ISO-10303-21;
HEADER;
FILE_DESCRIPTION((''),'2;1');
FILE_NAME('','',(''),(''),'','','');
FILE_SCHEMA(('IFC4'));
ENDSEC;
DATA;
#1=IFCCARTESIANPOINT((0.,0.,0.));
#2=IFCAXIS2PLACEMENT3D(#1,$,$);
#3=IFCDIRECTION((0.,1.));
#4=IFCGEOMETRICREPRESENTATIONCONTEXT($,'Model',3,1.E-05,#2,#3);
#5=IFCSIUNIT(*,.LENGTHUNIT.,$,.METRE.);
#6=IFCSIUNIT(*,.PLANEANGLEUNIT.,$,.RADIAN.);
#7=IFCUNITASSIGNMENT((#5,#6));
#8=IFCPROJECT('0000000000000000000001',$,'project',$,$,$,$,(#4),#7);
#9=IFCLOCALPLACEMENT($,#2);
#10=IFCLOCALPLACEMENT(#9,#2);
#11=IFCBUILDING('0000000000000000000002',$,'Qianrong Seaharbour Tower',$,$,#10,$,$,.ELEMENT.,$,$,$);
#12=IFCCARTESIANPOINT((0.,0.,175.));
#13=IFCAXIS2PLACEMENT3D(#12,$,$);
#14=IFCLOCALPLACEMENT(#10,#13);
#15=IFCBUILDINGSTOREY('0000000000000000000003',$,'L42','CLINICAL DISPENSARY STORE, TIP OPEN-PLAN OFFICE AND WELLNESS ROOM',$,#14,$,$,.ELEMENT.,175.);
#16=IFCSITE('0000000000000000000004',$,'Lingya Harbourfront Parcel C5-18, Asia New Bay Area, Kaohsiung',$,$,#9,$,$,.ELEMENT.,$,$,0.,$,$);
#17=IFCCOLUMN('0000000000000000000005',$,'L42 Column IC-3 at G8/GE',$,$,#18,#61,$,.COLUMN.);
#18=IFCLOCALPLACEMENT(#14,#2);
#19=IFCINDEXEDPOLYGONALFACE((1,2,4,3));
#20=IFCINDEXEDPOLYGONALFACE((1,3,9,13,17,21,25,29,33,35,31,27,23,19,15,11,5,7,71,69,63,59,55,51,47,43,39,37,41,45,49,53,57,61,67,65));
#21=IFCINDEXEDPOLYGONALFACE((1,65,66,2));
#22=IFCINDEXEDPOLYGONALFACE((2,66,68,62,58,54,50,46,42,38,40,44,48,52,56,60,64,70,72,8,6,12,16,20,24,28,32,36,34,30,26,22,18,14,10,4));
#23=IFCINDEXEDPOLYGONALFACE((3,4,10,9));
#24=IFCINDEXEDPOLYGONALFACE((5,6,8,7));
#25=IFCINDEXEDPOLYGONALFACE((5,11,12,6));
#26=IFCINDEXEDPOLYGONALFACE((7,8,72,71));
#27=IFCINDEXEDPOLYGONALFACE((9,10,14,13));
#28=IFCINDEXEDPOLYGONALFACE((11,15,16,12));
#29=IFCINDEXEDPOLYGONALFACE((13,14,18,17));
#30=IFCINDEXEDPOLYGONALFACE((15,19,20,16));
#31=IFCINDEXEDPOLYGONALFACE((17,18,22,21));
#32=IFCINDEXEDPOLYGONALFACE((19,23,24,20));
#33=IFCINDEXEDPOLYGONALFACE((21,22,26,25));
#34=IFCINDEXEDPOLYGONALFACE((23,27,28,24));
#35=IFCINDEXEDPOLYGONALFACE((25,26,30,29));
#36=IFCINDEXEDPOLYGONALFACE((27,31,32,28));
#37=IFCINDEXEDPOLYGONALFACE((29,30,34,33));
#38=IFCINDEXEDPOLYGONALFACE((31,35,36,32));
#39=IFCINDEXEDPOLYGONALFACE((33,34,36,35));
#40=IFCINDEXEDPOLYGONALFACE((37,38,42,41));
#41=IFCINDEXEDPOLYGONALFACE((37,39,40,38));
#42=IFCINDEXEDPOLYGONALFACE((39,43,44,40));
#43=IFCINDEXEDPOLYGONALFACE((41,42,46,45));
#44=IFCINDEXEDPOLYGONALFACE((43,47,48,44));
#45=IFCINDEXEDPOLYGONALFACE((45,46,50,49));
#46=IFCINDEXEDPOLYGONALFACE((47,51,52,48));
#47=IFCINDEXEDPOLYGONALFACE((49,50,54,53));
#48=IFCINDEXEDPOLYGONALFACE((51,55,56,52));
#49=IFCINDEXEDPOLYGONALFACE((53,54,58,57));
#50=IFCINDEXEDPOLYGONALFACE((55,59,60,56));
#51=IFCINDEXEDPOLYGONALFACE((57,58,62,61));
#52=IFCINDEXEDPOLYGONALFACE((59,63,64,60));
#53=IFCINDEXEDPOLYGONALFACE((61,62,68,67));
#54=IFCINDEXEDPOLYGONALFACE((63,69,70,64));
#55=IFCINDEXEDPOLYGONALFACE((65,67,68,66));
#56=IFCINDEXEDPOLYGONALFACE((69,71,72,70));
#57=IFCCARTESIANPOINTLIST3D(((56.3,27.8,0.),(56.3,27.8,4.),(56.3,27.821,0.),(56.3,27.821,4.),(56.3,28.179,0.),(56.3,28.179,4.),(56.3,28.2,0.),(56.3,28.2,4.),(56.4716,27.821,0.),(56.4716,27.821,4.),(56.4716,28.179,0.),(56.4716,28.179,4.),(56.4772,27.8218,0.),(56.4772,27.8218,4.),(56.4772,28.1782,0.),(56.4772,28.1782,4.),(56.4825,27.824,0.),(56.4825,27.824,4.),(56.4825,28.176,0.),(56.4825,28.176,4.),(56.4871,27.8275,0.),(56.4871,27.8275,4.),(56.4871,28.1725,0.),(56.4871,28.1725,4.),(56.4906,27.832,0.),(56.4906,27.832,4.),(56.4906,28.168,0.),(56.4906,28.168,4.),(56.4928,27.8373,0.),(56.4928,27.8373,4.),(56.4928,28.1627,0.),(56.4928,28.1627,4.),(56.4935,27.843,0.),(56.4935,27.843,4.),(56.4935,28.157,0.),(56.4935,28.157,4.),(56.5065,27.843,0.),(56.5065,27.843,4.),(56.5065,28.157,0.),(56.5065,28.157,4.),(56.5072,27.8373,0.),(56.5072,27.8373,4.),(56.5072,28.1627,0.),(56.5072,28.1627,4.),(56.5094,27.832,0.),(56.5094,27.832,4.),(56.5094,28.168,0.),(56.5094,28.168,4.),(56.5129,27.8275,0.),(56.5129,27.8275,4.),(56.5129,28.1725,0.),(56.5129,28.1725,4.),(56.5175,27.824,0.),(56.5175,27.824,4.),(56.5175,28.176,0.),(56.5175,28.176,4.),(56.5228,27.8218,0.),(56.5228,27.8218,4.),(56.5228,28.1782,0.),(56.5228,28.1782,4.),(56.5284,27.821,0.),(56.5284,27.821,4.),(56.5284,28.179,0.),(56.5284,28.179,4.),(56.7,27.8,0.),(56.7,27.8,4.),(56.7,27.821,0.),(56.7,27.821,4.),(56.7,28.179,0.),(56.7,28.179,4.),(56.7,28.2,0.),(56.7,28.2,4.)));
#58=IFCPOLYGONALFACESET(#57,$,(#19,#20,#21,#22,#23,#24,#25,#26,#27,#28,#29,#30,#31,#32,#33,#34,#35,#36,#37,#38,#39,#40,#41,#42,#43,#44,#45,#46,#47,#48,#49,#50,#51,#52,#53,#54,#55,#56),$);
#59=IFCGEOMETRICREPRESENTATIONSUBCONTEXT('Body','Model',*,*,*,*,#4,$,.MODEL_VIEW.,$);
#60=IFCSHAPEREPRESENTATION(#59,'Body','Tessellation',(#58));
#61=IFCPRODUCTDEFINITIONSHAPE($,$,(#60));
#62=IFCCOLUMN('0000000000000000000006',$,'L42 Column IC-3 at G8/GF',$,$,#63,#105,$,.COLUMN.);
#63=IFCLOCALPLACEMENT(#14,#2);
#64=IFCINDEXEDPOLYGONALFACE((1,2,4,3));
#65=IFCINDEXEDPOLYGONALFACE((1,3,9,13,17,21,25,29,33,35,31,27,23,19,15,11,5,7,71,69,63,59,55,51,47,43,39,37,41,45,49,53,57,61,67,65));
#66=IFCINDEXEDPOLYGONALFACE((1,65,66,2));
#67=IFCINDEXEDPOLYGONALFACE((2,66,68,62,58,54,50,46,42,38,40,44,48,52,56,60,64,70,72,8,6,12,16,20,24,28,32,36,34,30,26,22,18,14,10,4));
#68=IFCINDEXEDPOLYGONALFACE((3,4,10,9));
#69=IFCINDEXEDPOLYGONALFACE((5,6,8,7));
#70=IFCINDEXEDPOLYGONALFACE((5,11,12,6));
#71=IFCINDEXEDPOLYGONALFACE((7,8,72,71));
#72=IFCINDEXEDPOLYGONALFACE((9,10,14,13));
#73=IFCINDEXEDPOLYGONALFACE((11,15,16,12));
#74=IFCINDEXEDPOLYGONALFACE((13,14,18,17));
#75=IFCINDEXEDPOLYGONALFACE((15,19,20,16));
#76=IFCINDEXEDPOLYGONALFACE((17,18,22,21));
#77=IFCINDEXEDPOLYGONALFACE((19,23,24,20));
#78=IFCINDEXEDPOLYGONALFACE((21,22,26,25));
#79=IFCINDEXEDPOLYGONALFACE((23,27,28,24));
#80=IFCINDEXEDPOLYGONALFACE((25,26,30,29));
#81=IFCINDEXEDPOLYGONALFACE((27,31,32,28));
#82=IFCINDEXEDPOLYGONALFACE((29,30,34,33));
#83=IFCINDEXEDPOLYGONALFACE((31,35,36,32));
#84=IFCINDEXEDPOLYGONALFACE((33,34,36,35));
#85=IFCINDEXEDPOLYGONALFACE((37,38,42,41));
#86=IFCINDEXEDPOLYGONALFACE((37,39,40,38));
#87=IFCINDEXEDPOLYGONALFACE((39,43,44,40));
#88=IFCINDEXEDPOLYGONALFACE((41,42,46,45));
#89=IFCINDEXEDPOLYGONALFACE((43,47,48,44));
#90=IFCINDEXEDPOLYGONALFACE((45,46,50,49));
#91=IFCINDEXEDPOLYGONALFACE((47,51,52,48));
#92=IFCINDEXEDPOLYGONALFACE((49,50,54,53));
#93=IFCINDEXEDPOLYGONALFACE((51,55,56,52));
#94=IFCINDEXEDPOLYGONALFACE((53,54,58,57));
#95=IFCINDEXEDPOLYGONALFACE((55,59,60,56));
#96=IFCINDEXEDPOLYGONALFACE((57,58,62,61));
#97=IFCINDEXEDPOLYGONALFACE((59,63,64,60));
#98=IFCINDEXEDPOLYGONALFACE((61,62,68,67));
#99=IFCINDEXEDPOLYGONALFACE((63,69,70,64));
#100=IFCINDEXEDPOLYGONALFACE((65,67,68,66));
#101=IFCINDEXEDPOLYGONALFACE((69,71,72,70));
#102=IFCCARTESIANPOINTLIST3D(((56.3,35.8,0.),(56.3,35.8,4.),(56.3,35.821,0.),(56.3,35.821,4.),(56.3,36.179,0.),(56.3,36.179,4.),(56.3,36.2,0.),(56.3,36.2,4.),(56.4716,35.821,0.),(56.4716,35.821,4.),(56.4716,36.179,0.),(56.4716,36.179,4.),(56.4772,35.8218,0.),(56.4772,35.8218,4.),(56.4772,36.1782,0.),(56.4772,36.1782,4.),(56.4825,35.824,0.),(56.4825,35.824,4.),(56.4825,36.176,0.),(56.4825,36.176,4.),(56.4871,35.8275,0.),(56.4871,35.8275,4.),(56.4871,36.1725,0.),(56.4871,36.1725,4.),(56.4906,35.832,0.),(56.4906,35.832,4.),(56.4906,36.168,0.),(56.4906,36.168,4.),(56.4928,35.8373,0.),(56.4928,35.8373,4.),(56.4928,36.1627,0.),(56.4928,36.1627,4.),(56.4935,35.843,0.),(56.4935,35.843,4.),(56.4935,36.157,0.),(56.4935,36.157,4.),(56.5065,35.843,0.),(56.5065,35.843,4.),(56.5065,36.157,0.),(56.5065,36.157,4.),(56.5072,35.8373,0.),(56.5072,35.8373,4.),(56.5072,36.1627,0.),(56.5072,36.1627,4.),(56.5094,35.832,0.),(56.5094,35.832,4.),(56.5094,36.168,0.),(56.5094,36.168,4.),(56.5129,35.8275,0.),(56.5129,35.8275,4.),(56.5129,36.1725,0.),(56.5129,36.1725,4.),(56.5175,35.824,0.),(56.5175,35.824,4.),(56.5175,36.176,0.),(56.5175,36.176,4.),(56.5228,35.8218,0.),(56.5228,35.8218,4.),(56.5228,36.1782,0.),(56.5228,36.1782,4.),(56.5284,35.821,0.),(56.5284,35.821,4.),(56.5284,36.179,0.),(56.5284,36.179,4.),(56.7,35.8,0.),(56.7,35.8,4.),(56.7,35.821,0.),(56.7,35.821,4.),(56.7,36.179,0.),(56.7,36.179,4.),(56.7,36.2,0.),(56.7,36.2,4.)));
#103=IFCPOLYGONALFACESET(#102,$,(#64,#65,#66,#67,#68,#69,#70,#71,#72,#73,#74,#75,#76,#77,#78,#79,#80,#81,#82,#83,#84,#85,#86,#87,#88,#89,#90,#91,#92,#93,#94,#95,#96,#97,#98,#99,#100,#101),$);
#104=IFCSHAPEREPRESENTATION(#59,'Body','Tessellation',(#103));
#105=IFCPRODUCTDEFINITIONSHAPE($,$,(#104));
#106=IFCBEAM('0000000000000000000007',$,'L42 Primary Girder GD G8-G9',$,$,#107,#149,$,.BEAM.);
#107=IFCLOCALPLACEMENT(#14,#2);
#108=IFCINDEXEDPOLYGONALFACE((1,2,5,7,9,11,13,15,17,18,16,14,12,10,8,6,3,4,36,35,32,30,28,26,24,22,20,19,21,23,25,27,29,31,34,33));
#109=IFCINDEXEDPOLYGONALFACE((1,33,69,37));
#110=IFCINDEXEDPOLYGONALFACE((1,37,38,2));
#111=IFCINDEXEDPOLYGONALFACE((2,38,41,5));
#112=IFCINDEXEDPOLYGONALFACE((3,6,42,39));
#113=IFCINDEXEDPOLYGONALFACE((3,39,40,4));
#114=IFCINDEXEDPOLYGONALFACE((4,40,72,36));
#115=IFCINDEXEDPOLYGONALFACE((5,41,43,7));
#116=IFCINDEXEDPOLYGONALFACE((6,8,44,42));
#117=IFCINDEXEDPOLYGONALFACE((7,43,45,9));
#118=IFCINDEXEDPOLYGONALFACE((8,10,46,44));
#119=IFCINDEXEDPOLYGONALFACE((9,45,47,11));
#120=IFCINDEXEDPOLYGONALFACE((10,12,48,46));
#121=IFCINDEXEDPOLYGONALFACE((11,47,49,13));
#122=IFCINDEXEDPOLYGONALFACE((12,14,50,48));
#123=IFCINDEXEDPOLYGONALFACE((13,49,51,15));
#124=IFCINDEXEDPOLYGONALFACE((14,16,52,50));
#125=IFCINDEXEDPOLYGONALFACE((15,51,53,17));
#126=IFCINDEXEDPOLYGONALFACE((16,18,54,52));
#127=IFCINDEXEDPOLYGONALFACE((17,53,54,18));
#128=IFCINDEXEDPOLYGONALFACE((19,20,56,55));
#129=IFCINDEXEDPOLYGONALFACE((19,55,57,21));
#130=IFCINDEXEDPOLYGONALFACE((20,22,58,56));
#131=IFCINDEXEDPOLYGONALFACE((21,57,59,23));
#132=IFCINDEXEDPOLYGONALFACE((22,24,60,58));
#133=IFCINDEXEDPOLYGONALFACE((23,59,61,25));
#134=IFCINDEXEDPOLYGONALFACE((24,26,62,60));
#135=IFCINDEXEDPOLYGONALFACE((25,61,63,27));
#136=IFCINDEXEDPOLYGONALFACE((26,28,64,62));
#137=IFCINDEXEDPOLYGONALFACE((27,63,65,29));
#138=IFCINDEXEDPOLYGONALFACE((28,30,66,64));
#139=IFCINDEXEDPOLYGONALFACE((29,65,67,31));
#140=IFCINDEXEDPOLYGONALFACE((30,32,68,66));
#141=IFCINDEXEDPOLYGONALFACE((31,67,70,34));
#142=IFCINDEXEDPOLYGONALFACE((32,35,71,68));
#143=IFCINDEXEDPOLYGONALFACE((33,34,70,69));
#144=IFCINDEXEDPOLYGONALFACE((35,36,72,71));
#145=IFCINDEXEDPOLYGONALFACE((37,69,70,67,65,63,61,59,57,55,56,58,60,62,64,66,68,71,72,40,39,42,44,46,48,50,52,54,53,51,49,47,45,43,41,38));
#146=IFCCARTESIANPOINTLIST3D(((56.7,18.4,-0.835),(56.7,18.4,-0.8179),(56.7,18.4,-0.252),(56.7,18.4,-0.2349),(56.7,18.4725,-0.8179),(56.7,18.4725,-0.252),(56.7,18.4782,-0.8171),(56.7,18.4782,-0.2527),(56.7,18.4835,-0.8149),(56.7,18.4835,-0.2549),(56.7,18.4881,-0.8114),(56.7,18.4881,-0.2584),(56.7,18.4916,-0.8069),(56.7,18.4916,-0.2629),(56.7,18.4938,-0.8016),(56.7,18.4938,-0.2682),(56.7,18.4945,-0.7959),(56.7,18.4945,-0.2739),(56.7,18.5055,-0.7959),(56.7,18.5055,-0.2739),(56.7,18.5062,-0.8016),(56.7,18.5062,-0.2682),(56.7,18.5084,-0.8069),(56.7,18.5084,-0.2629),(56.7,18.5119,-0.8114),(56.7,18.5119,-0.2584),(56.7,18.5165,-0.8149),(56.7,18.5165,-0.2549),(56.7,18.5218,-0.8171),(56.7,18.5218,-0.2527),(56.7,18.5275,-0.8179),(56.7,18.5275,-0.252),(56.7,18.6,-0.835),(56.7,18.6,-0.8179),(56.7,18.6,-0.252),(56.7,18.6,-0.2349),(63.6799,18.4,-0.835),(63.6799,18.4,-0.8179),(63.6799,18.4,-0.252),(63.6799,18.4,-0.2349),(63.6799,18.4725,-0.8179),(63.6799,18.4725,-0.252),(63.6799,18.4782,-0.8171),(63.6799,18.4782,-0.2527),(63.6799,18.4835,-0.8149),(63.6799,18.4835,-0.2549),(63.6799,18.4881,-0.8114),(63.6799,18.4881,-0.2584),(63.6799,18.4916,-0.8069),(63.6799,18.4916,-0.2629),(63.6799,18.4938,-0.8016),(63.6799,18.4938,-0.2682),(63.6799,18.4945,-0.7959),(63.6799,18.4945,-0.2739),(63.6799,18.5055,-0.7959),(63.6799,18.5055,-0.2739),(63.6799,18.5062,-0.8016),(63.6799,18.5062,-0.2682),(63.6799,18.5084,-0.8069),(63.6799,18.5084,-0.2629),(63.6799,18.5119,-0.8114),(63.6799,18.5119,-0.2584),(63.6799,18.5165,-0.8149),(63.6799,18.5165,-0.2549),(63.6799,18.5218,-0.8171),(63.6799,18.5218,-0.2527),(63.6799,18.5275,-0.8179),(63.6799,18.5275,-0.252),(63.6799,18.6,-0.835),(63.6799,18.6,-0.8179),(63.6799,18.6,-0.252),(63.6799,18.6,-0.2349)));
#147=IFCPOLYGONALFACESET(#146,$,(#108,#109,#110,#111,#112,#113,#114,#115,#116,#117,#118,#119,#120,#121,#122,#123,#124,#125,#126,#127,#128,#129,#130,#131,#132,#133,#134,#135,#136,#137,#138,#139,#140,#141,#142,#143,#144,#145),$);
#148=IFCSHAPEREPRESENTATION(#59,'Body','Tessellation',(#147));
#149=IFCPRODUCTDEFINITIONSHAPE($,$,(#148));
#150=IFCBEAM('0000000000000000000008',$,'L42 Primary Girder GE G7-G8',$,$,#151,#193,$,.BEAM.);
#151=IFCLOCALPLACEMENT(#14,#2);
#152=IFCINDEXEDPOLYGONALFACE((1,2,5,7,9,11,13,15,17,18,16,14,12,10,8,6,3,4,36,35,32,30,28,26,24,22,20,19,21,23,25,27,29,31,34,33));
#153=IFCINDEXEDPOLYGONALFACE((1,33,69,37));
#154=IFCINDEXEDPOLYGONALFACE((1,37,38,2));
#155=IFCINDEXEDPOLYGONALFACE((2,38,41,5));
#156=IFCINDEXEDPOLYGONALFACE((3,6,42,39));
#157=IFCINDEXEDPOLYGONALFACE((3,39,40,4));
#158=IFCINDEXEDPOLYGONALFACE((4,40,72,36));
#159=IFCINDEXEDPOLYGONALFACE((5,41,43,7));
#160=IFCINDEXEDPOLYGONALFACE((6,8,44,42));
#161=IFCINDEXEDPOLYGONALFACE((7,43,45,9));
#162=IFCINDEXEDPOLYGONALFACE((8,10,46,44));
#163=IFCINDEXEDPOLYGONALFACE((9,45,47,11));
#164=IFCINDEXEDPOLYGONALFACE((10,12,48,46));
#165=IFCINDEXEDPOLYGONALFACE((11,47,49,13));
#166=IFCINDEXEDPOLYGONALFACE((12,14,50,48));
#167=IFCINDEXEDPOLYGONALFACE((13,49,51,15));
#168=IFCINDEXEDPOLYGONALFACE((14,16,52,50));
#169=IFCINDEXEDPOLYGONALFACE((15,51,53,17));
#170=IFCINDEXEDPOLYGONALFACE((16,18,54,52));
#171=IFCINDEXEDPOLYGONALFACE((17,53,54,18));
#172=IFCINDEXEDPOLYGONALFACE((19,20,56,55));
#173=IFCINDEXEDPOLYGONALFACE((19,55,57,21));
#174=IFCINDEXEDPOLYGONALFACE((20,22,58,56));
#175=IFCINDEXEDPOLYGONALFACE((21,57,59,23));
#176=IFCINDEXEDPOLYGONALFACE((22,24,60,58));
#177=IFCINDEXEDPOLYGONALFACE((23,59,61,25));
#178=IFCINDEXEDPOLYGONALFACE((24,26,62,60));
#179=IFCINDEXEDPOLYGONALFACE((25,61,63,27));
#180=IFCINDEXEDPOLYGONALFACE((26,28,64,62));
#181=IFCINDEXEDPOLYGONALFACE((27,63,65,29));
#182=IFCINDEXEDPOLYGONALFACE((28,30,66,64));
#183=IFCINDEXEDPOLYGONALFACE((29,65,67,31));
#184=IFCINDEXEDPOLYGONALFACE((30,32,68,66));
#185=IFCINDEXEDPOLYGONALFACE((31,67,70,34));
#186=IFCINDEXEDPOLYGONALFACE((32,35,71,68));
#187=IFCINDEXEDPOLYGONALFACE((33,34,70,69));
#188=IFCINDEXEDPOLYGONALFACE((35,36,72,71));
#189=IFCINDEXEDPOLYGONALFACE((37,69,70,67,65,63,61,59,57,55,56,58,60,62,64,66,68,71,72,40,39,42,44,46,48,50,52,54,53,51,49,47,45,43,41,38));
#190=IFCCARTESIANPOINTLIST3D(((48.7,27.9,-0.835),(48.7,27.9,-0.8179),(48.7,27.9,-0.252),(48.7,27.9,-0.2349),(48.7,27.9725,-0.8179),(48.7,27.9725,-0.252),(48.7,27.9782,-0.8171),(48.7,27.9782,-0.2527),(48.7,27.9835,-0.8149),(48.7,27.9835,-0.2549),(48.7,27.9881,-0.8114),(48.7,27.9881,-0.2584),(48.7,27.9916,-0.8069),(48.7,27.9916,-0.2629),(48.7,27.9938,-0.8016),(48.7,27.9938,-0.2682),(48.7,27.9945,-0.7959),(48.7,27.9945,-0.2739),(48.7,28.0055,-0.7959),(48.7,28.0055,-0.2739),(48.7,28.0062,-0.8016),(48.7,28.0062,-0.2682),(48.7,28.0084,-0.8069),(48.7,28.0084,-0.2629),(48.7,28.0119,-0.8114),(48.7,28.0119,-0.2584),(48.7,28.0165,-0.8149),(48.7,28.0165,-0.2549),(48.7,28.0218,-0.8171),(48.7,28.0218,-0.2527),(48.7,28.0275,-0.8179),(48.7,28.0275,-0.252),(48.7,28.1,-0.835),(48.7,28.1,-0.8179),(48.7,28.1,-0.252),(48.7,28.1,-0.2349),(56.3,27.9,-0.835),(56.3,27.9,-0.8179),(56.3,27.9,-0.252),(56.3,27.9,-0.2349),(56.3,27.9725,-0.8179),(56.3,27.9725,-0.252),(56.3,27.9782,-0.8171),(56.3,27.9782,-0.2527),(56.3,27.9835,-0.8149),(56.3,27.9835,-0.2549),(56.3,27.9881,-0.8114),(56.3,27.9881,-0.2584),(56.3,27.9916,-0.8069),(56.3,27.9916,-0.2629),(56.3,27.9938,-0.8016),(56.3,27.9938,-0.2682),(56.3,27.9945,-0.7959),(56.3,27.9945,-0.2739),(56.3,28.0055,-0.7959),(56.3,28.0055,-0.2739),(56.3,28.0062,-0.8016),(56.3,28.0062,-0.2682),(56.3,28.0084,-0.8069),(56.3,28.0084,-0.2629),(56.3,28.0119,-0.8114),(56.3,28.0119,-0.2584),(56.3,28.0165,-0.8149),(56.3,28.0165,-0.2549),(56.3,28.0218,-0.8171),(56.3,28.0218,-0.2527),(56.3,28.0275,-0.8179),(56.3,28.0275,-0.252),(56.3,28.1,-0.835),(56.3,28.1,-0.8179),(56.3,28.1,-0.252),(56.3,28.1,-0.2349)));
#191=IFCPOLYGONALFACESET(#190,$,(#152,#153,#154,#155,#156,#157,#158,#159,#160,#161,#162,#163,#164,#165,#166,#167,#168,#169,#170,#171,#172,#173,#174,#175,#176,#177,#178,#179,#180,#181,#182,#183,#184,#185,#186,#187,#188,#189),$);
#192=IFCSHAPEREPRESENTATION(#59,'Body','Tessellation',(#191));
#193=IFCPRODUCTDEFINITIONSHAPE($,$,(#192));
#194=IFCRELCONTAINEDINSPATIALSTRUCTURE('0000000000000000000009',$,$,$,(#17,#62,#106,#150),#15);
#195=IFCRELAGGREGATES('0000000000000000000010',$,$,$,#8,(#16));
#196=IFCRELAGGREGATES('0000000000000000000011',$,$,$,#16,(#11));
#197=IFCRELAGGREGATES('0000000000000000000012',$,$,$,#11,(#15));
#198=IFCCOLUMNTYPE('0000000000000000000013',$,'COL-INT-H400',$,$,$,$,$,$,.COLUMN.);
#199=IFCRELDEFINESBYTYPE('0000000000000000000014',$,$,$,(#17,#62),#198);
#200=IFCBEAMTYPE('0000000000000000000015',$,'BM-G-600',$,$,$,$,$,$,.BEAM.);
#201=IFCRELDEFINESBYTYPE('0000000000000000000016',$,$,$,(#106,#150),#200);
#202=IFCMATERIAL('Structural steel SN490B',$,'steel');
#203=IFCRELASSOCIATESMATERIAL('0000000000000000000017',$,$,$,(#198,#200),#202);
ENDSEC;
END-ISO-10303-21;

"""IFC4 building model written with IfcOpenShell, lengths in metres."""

from ifc_helpers import new_model, si_unit, direction, frame, origin, origin_2d, place, context, subcontext, project, spatial, i_section, extrude, material, material_profile, profile_set, type_object, element, save


model = new_model("IFC4")

# Units and contexts
model_context = context("Model", 3, precision=1e-05, world=origin(), true_north=direction((0.0, 1.0)))
body_context = subcontext(model_context, "Body", "Model", "MODEL_VIEW")
ifc_project = project(units=[si_unit("LENGTHUNIT", "METRE"), si_unit("PLANEANGLEUNIT", "RADIAN")], contexts=[model_context])

# Site, building, storey
site_placement = place(None, origin())
site = spatial("IfcSite", under=ifc_project, at=site_placement, Name="Lingya Harbourfront Parcel C5-18, Asia New Bay Area, Kaohsiung", CompositionType="ELEMENT", RefElevation=0.0)
building_placement = place(site_placement, origin())
building = spatial("IfcBuilding", under=site, at=building_placement, Name="Qianrong Seaharbour Tower", CompositionType="ELEMENT")
storey_placement = place(building_placement, frame((0.0, 0.0, 175.0)))
storey = spatial("IfcBuildingStorey", under=building, at=storey_placement, Name="L42", Description="CLINICAL DISPENSARY STORE, TIP OPEN-PLAN OFFICE AND WELLNESS ROOM", CompositionType="ELEMENT", Elevation=175.0)

# Columns
ifc_material_1 = material(Name="Structural steel SN490B", Category="steel")
ifc_material_profile_1 = material_profile(ifc_material_1, i_section(OverallWidth=0.3999, OverallDepth=0.3999, WebThickness=0.0129, FlangeThickness=0.021, FilletRadius=0.022, at=origin_2d()), Name="H400x400x13x21")
ifc_profile_set_1 = profile_set([ifc_material_profile_1], Name="Structural steel SN490B")
column_type_1 = type_object("IfcColumnType", Name="COL-INT-H400", PredefinedType="COLUMN", material=ifc_profile_set_1)
for number, where, z_axis, x_axis, name in (
    (1, (56.5, 28.0, 0.0), (0.0, 0.0, 1.0), (1.0, 0.0, 0.0), "L42 Column IC-3 at G8/GE"),
    (2, (56.5, 36.0, 0.0), (0.0, 0.0, 1.0), (1.0, 0.0, 0.0), "L42 Column IC-3 at G8/GF"),
):
    element("IfcColumn", number, at=place(storey_placement, frame(where, z_axis=z_axis, x_axis=x_axis)), inside=storey, type_object=column_type_1, Name=name, PredefinedType="COLUMN", context=body_context, shape_type="SweptSolid", body=[
        extrude(i_section(OverallWidth=0.3999, OverallDepth=0.3999, WebThickness=0.0129, FlangeThickness=0.021, FilletRadius=0.022, at=origin_2d()), origin(), (0.0, 0.0, 1.0), 4.0),
    ])

# Beams
ifc_material_profile_2 = material_profile(ifc_material_1, i_section(OverallWidth=0.2, OverallDepth=0.6001, WebThickness=0.011, FlangeThickness=0.0171, FilletRadius=0.022, at=origin_2d()), Name="H600x200x11x17")
ifc_profile_set_2 = profile_set([ifc_material_profile_2], Name="Structural steel SN490B")
beam_type_1 = type_object("IfcBeamType", Name="BM-G-600", PredefinedType="BEAM", material=ifc_profile_set_2)
beam_1_placement = place(storey_placement, frame((56.7, 18.5, -0.5349), z_axis=(1.0, 0.0, 0.0), x_axis=(0.0, 1.0, 0.0)))
element("IfcBeam", 3, at=beam_1_placement, inside=storey, type_object=beam_type_1, Name="L42 Primary Girder GD G8-G9", PredefinedType="BEAM", context=body_context, shape_type="SweptSolid", body=[
    extrude(i_section(OverallWidth=0.2, OverallDepth=0.6001, WebThickness=0.011, FlangeThickness=0.0171, FilletRadius=0.022, at=origin_2d()), origin(), (0.0, 0.0, 1.0), 6.98),
])
beam_2_placement = place(storey_placement, frame((48.7, 28.0, -0.5349), z_axis=(1.0, 0.0, 0.0), x_axis=(0.0, 1.0, 0.0)))
element("IfcBeam", 4, at=beam_2_placement, inside=storey, type_object=beam_type_1, Name="L42 Primary Girder GE G7-G8", PredefinedType="BEAM", context=body_context, shape_type="SweptSolid", body=[
    extrude(i_section(OverallWidth=0.2, OverallDepth=0.6001, WebThickness=0.011, FlangeThickness=0.0171, FilletRadius=0.022, at=origin_2d()), origin(), (0.0, 0.0, 1.0), 7.6001),
])

save(model, "model.ifc")
